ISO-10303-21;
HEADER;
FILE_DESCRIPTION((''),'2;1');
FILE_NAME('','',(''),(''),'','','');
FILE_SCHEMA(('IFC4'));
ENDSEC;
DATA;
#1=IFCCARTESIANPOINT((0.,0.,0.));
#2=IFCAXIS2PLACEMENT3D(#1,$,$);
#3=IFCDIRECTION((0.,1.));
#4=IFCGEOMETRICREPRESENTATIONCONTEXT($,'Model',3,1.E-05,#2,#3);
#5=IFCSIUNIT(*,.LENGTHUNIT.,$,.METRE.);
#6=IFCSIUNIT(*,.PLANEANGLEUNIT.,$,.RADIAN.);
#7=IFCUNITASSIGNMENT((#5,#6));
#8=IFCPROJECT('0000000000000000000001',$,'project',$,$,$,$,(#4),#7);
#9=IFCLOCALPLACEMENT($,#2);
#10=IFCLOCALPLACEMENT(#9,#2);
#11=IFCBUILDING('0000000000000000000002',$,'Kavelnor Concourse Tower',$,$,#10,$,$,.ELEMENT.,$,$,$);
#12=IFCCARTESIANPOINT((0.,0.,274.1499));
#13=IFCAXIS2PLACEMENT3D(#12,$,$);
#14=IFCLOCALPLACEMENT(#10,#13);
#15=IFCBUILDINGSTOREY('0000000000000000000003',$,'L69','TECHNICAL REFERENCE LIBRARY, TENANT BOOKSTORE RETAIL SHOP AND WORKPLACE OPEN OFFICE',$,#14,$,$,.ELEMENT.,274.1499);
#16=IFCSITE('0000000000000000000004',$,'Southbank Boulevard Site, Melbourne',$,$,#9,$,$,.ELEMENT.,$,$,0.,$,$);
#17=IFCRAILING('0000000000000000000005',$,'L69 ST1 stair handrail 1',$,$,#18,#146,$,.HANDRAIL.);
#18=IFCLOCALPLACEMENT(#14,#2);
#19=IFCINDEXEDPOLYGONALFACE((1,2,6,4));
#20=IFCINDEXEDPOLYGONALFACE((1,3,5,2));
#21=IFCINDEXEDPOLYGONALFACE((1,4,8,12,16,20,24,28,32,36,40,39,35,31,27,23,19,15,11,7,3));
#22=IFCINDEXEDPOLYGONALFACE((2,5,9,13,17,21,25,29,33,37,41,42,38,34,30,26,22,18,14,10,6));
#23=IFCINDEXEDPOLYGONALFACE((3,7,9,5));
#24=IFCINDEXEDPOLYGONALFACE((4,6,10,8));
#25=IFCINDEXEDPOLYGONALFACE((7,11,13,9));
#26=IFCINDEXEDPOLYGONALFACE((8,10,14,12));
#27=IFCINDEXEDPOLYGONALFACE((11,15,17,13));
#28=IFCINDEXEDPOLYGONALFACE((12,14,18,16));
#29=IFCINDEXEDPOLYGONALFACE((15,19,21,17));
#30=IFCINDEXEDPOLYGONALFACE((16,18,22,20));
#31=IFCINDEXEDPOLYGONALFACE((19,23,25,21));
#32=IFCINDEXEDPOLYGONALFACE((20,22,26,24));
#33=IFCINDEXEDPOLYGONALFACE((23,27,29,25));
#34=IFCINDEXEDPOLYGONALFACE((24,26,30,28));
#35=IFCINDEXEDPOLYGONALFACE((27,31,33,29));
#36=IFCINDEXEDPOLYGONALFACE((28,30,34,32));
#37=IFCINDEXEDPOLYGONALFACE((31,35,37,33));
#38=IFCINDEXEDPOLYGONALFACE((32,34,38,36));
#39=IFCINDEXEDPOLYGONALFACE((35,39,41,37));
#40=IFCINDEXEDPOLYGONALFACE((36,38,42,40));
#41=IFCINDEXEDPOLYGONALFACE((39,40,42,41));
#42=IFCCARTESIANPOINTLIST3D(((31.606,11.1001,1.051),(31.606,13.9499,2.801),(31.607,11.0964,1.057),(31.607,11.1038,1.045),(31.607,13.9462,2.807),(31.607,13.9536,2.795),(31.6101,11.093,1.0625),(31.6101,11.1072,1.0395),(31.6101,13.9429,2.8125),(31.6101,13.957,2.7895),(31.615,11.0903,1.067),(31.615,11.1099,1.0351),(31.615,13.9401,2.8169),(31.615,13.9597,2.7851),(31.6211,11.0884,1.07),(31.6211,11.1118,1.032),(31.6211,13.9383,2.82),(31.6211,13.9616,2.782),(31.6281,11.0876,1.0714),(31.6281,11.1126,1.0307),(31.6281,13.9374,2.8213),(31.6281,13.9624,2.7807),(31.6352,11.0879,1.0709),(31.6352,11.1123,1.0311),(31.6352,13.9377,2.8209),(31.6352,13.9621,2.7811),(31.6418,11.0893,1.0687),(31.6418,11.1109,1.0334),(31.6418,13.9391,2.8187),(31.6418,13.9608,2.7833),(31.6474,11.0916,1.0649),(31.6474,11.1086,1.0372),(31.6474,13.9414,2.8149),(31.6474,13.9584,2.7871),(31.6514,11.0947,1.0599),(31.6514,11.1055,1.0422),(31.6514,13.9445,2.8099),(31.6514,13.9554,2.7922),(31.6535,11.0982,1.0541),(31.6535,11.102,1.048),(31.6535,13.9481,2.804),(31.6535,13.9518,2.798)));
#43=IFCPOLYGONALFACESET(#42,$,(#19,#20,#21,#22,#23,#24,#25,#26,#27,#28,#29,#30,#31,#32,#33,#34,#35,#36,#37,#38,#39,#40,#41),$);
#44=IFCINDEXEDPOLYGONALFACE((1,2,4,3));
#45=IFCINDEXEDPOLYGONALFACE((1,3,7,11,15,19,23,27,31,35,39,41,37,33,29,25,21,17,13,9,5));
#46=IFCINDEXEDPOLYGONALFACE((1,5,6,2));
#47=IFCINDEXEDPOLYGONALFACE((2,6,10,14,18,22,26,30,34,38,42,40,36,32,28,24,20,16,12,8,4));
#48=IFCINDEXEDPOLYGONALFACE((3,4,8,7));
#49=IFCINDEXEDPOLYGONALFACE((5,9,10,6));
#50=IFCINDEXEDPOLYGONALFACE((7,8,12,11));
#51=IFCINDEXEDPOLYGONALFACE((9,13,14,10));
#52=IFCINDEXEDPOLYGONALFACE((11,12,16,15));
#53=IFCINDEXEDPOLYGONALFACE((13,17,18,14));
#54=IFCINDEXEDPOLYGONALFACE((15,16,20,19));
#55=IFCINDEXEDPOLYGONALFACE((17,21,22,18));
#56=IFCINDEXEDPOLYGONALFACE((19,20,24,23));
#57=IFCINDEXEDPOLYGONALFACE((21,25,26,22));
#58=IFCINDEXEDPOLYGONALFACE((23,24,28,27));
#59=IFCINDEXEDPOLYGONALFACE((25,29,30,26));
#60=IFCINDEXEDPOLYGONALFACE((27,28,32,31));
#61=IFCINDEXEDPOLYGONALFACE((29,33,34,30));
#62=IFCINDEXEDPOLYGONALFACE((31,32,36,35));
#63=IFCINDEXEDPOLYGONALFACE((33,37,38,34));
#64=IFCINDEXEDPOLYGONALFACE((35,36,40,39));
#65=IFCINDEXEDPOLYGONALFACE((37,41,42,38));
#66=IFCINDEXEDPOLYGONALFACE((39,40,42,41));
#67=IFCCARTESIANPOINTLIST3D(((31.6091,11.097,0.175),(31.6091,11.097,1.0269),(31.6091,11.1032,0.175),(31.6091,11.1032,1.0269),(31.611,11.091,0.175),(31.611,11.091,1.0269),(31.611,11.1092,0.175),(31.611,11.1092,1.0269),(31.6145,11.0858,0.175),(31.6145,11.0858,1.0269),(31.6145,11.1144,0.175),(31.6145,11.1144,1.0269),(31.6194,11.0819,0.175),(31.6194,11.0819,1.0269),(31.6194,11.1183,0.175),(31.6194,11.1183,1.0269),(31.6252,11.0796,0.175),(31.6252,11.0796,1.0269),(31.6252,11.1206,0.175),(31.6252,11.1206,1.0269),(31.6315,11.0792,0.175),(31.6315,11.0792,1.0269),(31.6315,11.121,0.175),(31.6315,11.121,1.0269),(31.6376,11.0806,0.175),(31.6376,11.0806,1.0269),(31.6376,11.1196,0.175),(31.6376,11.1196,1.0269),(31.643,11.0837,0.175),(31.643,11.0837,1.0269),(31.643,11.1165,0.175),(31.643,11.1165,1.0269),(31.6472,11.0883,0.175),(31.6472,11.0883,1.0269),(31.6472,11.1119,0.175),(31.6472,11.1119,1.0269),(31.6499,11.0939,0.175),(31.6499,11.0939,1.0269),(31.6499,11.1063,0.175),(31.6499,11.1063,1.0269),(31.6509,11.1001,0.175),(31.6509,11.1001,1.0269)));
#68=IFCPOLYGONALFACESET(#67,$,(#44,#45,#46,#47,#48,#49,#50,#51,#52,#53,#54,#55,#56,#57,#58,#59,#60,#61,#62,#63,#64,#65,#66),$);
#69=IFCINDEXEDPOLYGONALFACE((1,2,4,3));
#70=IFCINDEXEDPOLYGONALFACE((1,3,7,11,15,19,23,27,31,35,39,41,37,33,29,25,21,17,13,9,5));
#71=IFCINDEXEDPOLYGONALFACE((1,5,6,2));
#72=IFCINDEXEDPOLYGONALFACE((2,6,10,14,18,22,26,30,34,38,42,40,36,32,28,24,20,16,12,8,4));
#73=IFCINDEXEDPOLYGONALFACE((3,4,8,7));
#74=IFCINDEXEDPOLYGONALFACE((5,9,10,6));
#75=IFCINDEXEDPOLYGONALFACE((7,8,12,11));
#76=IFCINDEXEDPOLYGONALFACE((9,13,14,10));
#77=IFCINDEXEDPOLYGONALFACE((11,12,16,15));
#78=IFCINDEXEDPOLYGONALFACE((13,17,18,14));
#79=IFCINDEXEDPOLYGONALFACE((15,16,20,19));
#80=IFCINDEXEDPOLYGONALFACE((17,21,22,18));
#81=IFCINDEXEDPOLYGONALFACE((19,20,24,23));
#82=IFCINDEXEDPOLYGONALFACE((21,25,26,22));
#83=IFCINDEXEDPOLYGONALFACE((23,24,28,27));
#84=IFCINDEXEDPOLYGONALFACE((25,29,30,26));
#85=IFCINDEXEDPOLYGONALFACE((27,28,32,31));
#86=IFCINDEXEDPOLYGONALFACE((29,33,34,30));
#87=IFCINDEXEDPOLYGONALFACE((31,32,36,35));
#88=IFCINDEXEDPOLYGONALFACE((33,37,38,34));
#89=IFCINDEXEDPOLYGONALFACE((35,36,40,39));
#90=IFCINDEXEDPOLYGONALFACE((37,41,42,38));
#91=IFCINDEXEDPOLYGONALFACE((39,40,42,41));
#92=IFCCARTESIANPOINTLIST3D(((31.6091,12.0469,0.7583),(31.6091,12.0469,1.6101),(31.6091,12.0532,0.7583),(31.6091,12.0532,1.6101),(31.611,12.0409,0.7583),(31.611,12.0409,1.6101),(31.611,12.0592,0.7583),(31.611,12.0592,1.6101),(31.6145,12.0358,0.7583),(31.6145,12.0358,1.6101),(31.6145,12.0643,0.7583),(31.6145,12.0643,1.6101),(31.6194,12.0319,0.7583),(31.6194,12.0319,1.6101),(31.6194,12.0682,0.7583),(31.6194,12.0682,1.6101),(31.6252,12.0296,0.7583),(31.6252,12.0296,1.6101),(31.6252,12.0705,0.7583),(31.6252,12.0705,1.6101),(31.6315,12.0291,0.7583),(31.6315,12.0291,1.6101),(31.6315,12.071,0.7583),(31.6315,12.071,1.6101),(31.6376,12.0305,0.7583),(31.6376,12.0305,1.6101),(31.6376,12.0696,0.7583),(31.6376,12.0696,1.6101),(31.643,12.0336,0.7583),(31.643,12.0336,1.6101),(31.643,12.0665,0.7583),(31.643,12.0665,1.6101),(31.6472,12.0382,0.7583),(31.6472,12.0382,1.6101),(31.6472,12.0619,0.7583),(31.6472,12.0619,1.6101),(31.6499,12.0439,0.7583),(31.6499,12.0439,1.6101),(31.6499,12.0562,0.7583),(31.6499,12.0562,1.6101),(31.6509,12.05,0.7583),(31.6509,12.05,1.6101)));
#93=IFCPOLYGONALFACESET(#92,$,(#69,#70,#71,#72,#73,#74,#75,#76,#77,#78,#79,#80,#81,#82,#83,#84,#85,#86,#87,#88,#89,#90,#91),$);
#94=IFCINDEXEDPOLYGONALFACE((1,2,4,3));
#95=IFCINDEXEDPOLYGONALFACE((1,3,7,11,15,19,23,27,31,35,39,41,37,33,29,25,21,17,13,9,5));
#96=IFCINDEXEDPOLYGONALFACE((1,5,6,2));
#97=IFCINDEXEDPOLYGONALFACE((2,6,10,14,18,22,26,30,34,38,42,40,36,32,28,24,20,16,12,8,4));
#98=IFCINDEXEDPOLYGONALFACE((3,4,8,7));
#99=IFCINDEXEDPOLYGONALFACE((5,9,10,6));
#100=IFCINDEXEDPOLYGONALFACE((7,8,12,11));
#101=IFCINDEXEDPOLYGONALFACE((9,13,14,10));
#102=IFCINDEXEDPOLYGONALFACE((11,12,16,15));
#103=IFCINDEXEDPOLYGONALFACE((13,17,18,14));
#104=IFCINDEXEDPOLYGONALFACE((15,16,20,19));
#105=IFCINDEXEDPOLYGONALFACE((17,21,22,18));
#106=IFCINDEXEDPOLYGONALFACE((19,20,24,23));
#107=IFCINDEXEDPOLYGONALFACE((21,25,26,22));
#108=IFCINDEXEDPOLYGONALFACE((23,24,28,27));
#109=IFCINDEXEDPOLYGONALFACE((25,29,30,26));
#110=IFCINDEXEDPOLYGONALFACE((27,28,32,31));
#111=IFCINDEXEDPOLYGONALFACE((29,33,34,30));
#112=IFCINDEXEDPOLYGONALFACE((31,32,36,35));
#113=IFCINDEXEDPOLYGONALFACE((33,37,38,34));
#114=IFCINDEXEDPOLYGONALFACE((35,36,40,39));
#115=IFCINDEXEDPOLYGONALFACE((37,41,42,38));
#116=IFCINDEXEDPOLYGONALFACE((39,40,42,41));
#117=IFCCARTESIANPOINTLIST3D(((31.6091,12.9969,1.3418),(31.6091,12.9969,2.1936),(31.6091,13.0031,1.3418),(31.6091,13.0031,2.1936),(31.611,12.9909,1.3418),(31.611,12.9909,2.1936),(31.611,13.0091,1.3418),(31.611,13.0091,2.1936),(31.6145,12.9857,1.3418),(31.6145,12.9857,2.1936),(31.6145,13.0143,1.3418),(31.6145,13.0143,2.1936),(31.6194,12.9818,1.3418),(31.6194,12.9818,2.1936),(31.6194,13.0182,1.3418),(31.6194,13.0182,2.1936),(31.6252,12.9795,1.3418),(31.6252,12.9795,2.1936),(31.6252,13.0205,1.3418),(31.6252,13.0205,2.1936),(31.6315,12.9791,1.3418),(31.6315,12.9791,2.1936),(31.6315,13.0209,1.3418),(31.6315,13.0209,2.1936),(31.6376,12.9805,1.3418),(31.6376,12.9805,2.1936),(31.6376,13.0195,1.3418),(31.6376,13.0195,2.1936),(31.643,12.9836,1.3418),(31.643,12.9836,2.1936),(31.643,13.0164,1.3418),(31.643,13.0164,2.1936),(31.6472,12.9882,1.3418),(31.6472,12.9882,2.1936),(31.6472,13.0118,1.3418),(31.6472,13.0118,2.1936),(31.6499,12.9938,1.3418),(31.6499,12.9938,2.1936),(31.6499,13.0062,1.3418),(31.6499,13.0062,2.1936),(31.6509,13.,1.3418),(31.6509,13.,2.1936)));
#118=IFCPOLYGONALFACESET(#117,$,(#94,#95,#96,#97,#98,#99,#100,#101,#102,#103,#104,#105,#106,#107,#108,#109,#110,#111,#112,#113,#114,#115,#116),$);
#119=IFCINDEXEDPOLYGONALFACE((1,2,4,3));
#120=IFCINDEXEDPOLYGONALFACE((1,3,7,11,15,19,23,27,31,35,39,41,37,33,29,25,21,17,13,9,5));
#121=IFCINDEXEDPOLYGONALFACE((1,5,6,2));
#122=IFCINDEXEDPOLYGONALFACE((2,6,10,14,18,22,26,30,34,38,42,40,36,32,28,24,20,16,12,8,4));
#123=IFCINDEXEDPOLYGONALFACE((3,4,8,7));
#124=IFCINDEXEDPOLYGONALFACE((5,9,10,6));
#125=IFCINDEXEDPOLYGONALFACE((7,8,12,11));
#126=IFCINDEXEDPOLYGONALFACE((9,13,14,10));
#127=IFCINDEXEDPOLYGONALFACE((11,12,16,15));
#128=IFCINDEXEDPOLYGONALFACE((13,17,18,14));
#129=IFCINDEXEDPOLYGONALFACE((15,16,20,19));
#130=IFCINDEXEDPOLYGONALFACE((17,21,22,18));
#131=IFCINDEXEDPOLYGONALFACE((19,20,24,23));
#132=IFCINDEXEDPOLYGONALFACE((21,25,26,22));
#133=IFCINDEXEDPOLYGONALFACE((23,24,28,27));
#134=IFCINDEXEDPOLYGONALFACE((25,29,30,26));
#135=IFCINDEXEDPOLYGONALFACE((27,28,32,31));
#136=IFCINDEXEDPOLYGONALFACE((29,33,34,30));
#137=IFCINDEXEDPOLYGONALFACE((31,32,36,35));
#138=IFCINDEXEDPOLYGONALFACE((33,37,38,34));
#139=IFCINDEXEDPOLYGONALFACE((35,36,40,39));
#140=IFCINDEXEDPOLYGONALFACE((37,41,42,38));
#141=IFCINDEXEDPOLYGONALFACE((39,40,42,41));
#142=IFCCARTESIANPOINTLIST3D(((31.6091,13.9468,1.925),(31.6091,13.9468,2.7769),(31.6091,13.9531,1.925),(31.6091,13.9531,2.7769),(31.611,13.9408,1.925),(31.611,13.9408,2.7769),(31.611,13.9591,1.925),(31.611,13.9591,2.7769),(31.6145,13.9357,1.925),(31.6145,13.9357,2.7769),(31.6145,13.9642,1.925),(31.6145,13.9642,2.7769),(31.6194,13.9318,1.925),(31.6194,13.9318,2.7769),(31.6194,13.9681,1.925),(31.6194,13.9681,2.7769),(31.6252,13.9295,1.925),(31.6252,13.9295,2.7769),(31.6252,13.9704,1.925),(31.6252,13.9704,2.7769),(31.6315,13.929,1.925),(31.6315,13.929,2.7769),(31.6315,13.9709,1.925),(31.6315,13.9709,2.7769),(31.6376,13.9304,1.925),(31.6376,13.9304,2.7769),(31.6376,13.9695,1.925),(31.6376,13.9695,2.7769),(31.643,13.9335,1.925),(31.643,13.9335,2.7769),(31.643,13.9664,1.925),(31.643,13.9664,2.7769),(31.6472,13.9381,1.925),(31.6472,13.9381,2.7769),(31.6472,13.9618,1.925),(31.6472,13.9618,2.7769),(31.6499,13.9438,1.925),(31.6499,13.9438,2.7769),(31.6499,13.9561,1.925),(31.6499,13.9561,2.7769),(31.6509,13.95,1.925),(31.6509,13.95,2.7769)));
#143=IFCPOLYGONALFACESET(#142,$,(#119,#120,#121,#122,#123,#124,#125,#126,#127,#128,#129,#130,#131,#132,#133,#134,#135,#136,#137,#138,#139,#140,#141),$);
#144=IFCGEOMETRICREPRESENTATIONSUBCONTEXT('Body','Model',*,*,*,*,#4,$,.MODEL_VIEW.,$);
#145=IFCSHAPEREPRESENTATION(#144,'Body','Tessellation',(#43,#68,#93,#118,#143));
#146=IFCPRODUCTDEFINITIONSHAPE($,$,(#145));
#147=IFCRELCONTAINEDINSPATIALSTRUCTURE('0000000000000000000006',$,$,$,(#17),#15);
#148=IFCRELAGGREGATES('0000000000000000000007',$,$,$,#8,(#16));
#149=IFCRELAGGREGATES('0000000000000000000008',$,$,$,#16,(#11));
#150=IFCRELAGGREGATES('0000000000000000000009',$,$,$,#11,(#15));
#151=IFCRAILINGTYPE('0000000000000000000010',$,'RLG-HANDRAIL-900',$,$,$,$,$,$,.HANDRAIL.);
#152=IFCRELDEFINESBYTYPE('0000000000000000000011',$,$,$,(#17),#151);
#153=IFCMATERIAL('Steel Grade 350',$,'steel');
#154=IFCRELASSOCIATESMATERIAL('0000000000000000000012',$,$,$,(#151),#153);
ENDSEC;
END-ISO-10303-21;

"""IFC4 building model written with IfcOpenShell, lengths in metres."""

from ifc_helpers import new_model, si_unit, direction, frame, origin, origin_2d, place, context, subcontext, project, spatial, circle, extrude, material, type_object, element, save


model = new_model("IFC4")

# Units and contexts
model_context = context("Model", 3, precision=1e-05, world=origin(), true_north=direction((0.0, 1.0)))
body_context = subcontext(model_context, "Body", "Model", "MODEL_VIEW")
ifc_project = project(units=[si_unit("LENGTHUNIT", "METRE"), si_unit("PLANEANGLEUNIT", "RADIAN")], contexts=[model_context])

# Site, building, storey
site_placement = place(None, origin())
site = spatial("IfcSite", under=ifc_project, at=site_placement, Name="Southbank Boulevard Site, Melbourne", CompositionType="ELEMENT", RefElevation=0.0)
building_placement = place(site_placement, origin())
building = spatial("IfcBuilding", under=site, at=building_placement, Name="Kavelnor Concourse Tower", CompositionType="ELEMENT")
storey_placement = place(building_placement, frame((0.0, 0.0, 274.1499)))
storey = spatial("IfcBuildingStorey", under=building, at=storey_placement, Name="L69", Description="TECHNICAL REFERENCE LIBRARY, TENANT BOOKSTORE RETAIL SHOP AND WORKPLACE OPEN OFFICE", CompositionType="ELEMENT", Elevation=274.1499)

# Shared definitions
ifc_material_1 = material(Name="Steel Grade 350", Category="steel")

# Railing
railing_type_1 = type_object("IfcRailingType", Name="RLG-HANDRAIL-900", PredefinedType="HANDRAIL", material=ifc_material_1)
railing_1_placement = place(storey_placement, frame((31.6299, 11.1001, 0.175)))
element("IfcRailing", 1, at=railing_1_placement, inside=storey, type_object=railing_type_1, Name="L69 ST1 stair handrail 1", PredefinedType="HANDRAIL", context=body_context, shape_type="SweptSolid", body=[
    extrude(circle(Radius=0.0239, at=origin_2d()), frame((0.0, 0.0, 0.876), z_axis=(0.0, 0.852159, 0.523283), x_axis=(-1.0, 0.0, 0.0)), (0.0, 0.0, 1.0), 3.3442),
    extrude(circle(Radius=0.021, at=origin_2d()), origin(), (0.0, 0.0, 1.0), 0.8518),
    extrude(circle(Radius=0.021, at=origin_2d()), frame((0.0, 0.95, 0.5833)), (0.0, 0.0, 1.0), 0.8518),
    extrude(circle(Radius=0.021, at=origin_2d()), frame((0.0, 1.8999, 1.1667)), (0.0, 0.0, 1.0), 0.8518),
    extrude(circle(Radius=0.021, at=origin_2d()), frame((0.0, 2.8499, 1.75)), (0.0, 0.0, 1.0), 0.8518),
])

save(model, "model.ifc")
